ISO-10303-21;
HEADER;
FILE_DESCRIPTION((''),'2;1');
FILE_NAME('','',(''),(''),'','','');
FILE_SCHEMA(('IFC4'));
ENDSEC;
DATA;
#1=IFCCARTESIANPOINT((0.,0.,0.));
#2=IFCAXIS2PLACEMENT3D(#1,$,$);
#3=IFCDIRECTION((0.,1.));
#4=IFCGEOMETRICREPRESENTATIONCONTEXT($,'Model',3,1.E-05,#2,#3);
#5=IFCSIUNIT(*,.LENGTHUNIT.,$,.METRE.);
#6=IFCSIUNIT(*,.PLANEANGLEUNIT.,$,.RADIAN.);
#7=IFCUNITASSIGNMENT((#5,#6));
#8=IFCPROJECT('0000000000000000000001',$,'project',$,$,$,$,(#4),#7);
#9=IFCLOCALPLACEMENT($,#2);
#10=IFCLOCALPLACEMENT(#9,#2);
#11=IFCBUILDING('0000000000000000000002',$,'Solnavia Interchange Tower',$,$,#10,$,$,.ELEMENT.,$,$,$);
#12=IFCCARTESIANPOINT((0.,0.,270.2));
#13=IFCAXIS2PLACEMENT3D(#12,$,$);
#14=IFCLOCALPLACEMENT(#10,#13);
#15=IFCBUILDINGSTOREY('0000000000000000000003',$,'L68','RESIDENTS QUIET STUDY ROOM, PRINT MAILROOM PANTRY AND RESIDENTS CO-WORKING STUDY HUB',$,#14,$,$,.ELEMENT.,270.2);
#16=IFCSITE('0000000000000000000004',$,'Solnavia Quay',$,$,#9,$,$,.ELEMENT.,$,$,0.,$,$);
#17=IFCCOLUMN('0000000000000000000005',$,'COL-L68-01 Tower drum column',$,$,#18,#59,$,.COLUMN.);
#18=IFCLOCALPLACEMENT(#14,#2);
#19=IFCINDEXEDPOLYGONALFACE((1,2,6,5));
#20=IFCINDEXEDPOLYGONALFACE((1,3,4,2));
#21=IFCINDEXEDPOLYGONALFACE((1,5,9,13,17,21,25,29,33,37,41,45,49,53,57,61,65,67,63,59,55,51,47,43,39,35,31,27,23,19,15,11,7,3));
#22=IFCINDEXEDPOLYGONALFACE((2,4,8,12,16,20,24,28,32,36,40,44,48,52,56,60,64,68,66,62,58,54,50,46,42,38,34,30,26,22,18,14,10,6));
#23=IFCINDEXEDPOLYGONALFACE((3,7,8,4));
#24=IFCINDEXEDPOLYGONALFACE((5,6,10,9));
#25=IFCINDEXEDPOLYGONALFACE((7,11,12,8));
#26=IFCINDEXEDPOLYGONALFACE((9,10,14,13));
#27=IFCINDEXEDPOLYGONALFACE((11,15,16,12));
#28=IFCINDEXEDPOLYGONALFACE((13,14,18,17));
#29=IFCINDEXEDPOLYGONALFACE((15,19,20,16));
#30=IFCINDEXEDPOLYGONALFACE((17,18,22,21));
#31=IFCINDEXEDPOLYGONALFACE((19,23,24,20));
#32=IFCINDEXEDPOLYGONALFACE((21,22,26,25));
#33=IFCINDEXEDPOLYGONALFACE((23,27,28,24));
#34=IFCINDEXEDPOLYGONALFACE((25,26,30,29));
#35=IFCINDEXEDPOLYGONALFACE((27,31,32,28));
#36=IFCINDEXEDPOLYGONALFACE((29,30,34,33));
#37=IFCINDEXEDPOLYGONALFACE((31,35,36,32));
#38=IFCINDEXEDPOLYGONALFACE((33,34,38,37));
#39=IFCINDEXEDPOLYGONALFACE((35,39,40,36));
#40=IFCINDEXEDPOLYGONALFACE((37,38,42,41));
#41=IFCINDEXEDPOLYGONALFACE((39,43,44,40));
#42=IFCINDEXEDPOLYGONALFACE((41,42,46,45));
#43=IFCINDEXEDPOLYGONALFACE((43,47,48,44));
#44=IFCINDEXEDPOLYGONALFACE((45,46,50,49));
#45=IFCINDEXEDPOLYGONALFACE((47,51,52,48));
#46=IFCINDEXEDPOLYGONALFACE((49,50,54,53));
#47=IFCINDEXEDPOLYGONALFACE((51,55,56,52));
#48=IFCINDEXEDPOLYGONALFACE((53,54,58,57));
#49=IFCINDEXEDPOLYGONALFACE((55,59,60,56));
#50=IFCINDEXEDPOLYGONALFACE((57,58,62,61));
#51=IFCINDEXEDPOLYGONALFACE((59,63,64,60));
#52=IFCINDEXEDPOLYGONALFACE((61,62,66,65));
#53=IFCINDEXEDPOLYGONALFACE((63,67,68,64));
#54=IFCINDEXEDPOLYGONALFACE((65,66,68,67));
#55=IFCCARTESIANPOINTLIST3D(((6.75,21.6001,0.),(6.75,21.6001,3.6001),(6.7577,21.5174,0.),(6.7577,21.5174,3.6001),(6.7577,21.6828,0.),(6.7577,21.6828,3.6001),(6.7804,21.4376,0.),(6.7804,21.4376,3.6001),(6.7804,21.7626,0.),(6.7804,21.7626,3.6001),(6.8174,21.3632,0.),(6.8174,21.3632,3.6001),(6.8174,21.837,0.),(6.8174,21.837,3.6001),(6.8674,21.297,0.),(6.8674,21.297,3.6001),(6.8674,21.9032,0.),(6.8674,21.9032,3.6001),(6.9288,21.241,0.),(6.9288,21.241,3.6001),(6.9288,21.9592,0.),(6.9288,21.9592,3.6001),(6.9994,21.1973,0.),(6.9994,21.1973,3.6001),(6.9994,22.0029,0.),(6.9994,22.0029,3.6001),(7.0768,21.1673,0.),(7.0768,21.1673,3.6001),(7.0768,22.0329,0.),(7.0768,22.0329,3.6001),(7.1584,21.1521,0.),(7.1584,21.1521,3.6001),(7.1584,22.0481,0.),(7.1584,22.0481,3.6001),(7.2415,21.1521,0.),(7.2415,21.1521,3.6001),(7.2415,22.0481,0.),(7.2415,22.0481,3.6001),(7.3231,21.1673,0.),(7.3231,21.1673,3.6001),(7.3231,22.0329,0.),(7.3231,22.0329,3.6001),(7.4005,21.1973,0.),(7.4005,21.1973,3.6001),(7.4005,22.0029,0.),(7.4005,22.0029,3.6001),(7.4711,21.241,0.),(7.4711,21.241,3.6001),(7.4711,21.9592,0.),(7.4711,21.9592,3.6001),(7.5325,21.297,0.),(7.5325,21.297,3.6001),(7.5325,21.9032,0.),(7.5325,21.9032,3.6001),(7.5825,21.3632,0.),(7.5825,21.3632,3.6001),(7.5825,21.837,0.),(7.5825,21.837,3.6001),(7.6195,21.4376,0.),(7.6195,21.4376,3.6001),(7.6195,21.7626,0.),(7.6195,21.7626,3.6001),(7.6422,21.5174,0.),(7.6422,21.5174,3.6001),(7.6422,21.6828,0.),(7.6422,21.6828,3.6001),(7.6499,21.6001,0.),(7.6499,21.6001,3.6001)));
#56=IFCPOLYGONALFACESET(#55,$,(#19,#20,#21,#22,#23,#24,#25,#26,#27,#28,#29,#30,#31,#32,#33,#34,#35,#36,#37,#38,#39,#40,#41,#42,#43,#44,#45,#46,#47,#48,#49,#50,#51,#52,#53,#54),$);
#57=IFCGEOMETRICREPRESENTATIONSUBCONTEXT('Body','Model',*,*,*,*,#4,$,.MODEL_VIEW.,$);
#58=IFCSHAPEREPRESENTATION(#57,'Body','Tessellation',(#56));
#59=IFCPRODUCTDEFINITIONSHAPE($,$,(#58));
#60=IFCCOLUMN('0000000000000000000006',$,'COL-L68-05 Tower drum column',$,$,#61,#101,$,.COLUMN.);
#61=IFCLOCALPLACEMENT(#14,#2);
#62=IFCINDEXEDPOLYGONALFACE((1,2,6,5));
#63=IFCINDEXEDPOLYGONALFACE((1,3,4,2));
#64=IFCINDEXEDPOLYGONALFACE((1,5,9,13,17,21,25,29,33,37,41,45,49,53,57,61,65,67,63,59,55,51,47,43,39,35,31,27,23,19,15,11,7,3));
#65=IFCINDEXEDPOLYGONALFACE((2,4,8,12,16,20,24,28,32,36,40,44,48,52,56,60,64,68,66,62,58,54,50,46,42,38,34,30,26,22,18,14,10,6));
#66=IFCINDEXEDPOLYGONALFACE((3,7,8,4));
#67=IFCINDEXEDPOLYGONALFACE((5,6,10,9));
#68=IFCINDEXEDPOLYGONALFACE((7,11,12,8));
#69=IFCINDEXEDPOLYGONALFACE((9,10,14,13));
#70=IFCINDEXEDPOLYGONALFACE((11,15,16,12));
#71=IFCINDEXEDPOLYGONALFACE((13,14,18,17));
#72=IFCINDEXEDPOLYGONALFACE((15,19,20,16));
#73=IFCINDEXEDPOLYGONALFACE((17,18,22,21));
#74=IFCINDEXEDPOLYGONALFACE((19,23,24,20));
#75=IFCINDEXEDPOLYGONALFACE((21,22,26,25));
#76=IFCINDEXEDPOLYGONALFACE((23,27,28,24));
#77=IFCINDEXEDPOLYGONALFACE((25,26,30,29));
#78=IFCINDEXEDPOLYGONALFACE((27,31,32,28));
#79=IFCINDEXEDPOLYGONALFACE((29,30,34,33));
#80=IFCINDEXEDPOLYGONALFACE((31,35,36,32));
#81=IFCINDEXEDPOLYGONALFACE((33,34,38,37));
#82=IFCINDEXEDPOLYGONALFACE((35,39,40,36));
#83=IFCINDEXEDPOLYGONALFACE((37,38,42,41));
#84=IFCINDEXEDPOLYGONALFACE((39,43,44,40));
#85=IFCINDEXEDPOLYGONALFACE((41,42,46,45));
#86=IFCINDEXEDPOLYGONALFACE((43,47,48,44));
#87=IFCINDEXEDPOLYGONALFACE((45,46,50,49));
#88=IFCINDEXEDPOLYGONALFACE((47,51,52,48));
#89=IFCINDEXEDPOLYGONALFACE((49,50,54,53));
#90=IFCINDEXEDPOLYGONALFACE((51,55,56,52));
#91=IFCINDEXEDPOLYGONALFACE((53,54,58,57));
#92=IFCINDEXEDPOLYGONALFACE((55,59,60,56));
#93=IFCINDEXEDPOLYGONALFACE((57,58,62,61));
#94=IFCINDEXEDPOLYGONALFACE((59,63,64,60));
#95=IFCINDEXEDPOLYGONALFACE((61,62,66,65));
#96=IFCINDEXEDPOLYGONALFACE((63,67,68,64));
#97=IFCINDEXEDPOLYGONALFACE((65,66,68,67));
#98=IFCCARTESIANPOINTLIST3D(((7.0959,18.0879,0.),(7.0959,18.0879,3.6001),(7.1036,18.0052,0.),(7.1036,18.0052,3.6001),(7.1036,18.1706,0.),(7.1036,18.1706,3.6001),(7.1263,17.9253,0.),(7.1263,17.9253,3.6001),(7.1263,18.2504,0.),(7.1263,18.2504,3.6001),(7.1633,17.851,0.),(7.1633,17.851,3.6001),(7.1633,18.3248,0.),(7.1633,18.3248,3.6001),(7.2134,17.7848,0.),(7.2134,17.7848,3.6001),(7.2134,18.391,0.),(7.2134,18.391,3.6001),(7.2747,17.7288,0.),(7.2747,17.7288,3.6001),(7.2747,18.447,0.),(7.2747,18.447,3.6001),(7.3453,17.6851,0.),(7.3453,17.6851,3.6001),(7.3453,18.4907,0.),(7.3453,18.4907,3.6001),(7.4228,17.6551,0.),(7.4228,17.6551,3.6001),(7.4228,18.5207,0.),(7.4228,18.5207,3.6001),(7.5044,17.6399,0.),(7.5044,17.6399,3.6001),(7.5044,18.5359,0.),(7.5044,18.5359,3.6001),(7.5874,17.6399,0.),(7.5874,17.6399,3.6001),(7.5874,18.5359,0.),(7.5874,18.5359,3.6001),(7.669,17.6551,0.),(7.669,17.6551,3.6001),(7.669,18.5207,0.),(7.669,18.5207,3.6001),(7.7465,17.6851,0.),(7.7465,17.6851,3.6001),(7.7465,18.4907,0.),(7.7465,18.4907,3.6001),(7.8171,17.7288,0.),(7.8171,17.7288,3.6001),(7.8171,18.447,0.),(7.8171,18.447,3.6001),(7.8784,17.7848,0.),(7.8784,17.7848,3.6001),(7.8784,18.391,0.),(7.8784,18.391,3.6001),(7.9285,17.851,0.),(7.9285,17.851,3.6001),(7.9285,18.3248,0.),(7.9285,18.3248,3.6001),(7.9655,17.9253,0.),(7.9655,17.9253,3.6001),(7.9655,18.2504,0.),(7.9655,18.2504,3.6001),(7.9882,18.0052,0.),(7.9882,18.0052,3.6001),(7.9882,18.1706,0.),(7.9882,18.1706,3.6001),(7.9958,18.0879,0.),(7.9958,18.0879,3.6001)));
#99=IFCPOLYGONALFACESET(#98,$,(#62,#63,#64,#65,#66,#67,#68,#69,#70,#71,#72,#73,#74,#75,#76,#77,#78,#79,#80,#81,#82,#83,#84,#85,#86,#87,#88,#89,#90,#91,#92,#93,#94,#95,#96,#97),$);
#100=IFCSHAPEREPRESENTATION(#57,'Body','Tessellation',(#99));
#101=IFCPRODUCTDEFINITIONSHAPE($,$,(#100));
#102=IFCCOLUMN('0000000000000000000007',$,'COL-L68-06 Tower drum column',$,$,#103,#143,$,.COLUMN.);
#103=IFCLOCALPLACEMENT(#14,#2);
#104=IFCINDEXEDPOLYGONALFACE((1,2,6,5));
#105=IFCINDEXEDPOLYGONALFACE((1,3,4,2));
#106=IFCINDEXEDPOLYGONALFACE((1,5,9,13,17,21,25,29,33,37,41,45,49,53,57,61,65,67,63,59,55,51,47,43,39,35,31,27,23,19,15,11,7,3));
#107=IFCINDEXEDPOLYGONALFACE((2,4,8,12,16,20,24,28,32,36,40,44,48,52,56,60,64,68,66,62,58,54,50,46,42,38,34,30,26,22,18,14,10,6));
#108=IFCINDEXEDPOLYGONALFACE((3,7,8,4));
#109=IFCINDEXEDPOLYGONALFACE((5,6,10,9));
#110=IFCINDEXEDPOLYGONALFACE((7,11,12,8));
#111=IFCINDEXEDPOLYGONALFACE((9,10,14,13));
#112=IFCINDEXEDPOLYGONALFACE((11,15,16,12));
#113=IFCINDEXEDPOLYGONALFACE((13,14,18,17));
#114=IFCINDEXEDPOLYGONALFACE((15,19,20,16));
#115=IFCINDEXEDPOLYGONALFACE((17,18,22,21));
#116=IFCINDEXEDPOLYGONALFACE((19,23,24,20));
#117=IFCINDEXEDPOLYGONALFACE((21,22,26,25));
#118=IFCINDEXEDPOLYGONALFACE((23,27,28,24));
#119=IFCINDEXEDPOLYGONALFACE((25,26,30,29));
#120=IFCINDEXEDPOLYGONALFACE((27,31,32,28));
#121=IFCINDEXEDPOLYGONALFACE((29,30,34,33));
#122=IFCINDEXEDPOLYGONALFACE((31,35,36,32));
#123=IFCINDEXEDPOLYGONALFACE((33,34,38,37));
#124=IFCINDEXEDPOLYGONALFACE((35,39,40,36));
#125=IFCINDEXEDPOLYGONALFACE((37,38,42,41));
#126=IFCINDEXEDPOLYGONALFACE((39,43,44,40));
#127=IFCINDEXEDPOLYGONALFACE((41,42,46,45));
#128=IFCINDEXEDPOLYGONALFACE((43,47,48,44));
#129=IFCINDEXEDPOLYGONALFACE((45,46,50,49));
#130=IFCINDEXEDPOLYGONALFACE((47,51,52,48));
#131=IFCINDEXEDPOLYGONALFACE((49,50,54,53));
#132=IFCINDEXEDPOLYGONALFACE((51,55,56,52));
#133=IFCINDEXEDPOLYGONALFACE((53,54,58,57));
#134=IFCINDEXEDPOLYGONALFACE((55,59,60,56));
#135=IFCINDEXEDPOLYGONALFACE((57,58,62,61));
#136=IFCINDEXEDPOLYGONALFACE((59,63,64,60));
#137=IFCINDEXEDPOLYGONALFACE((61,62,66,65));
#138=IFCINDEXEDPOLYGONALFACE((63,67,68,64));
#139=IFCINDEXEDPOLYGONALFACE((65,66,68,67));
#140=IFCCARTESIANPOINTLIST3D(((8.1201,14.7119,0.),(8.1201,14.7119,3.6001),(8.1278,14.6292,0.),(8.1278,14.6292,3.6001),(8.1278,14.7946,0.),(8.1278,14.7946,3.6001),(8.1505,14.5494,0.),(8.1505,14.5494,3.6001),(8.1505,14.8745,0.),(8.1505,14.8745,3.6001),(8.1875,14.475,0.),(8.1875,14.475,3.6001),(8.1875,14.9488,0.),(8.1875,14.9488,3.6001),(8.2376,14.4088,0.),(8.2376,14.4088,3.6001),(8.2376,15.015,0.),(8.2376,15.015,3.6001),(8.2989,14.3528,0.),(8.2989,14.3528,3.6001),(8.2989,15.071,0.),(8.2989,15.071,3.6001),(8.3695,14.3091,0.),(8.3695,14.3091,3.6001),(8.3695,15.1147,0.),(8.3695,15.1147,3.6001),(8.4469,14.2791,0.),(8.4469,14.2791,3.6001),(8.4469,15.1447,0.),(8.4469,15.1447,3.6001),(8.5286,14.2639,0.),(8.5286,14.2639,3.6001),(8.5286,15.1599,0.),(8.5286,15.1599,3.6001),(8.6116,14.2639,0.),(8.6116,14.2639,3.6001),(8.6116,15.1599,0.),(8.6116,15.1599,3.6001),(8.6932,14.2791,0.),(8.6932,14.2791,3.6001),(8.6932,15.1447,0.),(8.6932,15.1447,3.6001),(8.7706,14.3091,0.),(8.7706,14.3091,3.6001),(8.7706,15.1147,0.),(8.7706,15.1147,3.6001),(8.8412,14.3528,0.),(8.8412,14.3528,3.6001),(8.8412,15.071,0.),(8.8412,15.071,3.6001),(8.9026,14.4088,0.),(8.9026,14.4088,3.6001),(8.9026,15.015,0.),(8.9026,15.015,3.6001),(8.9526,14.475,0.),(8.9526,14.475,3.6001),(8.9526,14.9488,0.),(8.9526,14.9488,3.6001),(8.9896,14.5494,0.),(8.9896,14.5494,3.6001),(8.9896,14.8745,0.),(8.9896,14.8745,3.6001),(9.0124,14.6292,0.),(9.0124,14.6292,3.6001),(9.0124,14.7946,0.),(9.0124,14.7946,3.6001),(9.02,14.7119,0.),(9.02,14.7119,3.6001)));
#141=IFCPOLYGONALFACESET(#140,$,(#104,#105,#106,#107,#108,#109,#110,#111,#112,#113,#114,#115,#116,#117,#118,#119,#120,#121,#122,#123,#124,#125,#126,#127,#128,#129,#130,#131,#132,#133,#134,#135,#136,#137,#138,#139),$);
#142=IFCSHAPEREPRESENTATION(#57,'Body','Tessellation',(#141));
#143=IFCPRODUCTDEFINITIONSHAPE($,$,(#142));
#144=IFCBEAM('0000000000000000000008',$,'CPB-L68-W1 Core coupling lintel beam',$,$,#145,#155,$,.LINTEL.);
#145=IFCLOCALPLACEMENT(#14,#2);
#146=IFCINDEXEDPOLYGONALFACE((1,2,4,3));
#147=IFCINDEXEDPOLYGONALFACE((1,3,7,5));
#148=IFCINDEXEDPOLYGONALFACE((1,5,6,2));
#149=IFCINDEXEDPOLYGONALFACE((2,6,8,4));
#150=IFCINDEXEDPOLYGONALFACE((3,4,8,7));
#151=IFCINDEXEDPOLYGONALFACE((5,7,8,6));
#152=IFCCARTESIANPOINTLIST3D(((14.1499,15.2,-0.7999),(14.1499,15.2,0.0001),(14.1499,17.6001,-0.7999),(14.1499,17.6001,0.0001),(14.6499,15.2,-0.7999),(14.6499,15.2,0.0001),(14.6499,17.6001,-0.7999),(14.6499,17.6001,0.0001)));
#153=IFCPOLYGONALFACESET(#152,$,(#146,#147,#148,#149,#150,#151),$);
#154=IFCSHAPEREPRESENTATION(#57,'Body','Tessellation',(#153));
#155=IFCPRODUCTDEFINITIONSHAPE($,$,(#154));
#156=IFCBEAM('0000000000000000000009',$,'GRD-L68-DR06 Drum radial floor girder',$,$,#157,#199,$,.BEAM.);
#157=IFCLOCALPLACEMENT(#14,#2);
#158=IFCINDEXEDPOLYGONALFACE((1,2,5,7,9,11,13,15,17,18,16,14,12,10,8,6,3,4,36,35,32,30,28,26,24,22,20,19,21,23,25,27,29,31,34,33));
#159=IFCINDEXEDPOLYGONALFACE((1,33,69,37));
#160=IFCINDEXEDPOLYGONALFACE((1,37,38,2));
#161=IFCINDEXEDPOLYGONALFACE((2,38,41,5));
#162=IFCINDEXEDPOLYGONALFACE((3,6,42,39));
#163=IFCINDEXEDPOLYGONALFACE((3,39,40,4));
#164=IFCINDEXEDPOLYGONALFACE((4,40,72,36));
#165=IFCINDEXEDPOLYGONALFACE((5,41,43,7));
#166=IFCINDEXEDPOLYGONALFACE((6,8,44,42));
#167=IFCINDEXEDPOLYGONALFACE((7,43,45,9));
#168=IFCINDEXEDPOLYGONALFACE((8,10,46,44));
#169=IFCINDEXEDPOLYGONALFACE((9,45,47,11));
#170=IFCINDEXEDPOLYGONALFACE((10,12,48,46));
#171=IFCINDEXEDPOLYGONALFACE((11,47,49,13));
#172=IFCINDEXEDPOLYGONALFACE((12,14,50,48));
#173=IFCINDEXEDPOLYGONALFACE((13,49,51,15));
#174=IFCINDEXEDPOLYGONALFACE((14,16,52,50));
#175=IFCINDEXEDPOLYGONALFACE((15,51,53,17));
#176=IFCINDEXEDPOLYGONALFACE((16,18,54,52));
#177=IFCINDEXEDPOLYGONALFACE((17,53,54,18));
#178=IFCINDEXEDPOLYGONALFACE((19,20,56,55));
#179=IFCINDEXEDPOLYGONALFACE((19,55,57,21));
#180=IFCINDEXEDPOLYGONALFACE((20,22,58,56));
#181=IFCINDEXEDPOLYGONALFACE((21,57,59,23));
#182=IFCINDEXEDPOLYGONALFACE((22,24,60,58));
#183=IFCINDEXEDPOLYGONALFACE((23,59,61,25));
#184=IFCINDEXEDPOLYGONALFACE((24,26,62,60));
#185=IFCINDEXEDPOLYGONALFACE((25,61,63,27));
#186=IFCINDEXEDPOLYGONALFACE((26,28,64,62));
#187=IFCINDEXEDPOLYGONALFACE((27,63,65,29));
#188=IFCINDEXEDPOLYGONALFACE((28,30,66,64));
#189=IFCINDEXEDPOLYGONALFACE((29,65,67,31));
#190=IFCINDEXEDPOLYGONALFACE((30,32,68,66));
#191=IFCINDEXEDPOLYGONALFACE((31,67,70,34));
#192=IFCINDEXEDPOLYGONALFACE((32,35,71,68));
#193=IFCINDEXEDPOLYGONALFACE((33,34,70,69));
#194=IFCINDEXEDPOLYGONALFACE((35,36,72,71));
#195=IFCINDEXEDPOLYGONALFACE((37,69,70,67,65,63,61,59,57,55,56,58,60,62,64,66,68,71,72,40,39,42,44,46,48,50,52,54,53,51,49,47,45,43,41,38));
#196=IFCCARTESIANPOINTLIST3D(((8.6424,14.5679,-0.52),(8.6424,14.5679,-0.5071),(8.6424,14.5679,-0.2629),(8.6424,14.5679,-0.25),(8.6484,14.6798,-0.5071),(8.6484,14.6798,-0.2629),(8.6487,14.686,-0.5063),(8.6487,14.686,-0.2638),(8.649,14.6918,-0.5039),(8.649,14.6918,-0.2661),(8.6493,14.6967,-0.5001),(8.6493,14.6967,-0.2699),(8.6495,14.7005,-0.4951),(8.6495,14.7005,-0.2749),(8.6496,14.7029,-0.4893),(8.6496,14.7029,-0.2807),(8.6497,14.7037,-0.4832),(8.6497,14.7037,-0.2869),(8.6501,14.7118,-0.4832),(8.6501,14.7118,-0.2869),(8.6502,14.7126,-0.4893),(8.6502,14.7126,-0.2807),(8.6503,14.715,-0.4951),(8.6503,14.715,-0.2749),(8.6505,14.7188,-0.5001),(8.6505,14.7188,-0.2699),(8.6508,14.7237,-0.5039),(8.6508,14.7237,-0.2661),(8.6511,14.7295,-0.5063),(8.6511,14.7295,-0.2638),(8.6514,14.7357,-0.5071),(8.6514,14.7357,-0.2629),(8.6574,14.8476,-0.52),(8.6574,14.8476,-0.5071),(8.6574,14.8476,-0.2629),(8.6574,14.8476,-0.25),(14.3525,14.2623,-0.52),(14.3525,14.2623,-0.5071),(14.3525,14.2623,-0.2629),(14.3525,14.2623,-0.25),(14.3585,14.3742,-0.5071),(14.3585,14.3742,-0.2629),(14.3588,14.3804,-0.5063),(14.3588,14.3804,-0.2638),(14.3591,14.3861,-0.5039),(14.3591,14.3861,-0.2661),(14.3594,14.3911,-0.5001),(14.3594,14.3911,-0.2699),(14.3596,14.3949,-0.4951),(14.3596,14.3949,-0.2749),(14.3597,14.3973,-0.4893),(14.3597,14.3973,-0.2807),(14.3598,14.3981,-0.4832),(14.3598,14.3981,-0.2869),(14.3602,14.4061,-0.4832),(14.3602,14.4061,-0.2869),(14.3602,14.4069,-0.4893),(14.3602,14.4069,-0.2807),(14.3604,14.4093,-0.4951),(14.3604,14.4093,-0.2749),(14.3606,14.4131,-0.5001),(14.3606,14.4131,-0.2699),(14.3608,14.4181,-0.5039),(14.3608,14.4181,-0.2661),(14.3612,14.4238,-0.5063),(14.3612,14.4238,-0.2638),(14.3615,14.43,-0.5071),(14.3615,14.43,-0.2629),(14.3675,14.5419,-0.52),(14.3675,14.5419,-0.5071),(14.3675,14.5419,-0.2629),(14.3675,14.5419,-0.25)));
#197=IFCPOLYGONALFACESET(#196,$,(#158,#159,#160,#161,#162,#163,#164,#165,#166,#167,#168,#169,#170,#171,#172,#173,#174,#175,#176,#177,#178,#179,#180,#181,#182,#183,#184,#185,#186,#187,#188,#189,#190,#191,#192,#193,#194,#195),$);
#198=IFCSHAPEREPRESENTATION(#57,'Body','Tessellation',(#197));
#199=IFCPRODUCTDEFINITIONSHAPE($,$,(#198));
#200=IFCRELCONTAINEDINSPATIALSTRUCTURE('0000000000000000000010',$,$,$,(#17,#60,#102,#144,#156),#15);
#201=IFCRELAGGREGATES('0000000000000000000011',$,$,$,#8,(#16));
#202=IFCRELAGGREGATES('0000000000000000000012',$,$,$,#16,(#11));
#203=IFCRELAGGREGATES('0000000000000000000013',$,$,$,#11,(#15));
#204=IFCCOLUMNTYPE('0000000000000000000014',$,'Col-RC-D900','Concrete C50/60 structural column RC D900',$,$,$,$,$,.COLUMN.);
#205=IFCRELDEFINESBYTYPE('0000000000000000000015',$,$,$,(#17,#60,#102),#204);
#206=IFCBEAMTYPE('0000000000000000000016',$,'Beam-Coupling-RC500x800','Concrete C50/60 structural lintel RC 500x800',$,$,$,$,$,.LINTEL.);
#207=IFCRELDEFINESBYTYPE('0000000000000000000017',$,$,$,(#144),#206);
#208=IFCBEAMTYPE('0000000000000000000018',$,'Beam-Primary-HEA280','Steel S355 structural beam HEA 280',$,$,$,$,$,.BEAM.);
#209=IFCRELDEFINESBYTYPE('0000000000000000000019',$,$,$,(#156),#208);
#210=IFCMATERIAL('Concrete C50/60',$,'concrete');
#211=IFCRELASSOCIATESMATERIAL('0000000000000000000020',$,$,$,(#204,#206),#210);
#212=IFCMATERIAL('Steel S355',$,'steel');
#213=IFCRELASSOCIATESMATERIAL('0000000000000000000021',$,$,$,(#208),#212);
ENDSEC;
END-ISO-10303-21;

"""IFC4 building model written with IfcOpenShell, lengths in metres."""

from ifc_helpers import new_model, si_unit, direction, frame, origin, origin_2d, place, context, subcontext, project, spatial, rectangle, circle, i_section, extrude, material, material_profile, profile_set, type_object, element, save


model = new_model("IFC4")

# Units and contexts
model_context = context("Model", 3, precision=1e-05, world=origin(), true_north=direction((0.0, 1.0)))
body_context = subcontext(model_context, "Body", "Model", "MODEL_VIEW")
ifc_project = project(units=[si_unit("LENGTHUNIT", "METRE"), si_unit("PLANEANGLEUNIT", "RADIAN")], contexts=[model_context])

# Site, building, storey
site_placement = place(None, origin())
site = spatial("IfcSite", under=ifc_project, at=site_placement, Name="Solnavia Quay", CompositionType="ELEMENT", RefElevation=0.0)
building_placement = place(site_placement, origin())
building = spatial("IfcBuilding", under=site, at=building_placement, Name="Solnavia Interchange Tower", CompositionType="ELEMENT")
storey_placement = place(building_placement, frame((0.0, 0.0, 270.2)))
storey = spatial("IfcBuildingStorey", under=building, at=storey_placement, Name="L68", Description="RESIDENTS QUIET STUDY ROOM, PRINT MAILROOM PANTRY AND RESIDENTS CO-WORKING STUDY HUB", CompositionType="ELEMENT", Elevation=270.2)

# Columns
ifc_material_1 = material(Name="Concrete C50/60", Category="concrete")
ifc_material_profile_1 = material_profile(ifc_material_1, circle(Radius=0.45, at=origin_2d()), Name="RC D900")
ifc_profile_set_1 = profile_set([ifc_material_profile_1], Name="Concrete C50/60")
column_type = type_object("IfcColumnType", Name="Col-RC-D900", Description="Concrete C50/60 structural column RC D900", PredefinedType="COLUMN", material=ifc_profile_set_1)
for number, where, z_axis, x_axis, name in (
    (1, (7.2, 21.6001, 0.0), (0.0, 0.0, 1.0), (1.0, 0.0, 0.0), "COL-L68-01 Tower drum column"),
    (2, (7.5459, 18.0879, 0.0), (0.0, 0.0, 1.0), (1.0, 0.0, 0.0), "COL-L68-05 Tower drum column"),
    (3, (8.5701, 14.7119, 0.0), (0.0, 0.0, 1.0), (1.0, 0.0, 0.0), "COL-L68-06 Tower drum column"),
):
    element("IfcColumn", number, at=place(storey_placement, frame(where, z_axis=z_axis, x_axis=x_axis)), inside=storey, type_object=column_type, Name=name, PredefinedType="COLUMN", context=body_context, shape_type="SweptSolid", body=[
        extrude(circle(Radius=0.45, at=origin_2d()), origin(), (0.0, 0.0, 1.0), 3.6001),
    ])

# Beams
ifc_material_profile_2 = material_profile(ifc_material_1, rectangle(XDim=0.5, YDim=0.8, at=origin_2d()), Name="RC 500x800")
ifc_profile_set_2 = profile_set([ifc_material_profile_2], Name="Concrete C50/60")
beam_type_1 = type_object("IfcBeamType", Name="Beam-Coupling-RC500x800", Description="Concrete C50/60 structural lintel RC 500x800", PredefinedType="LINTEL", material=ifc_profile_set_2)
beam_1_placement = place(storey_placement, frame((14.3999, 15.2, -0.3999), z_axis=(0.0, 1.0, 0.0), x_axis=(-1.0, 0.0, 0.0)))
element("IfcBeam", 4, at=beam_1_placement, inside=storey, type_object=beam_type_1, Name="CPB-L68-W1 Core coupling lintel beam", PredefinedType="LINTEL", context=body_context, shape_type="SweptSolid", body=[
    extrude(rectangle(XDim=0.5, YDim=0.8, at=origin_2d()), origin(), (0.0, 0.0, 1.0), 2.4001),
])
ifc_material_2 = material(Name="Steel S355", Category="steel")
ifc_material_profile_3 = material_profile(ifc_material_2, i_section(OverallWidth=0.28, OverallDepth=0.27, WebThickness=0.0081, FlangeThickness=0.0129, FilletRadius=0.0239, at=origin_2d()), Name="HEA 280")
ifc_profile_set_3 = profile_set([ifc_material_profile_3], Name="Steel S355")
beam_type_2 = type_object("IfcBeamType", Name="Beam-Primary-HEA280", Description="Steel S355 structural beam HEA 280", PredefinedType="BEAM", material=ifc_profile_set_3)
beam_2_placement = place(storey_placement, frame((8.6499, 14.7078, -0.385), z_axis=(0.99857, -0.053453, 0.0), x_axis=(0.053453, 0.99857, 0.0)))
element("IfcBeam", 5, at=beam_2_placement, inside=storey, type_object=beam_type_2, Name="GRD-L68-DR06 Drum radial floor girder", PredefinedType="BEAM", context=body_context, shape_type="SweptSolid", body=[
    extrude(i_section(OverallWidth=0.28, OverallDepth=0.27, WebThickness=0.0081, FlangeThickness=0.0129, FilletRadius=0.0239, at=origin_2d()), origin(), (0.0, 0.0, 1.0), 5.7183),
])

save(model, "model.ifc")
